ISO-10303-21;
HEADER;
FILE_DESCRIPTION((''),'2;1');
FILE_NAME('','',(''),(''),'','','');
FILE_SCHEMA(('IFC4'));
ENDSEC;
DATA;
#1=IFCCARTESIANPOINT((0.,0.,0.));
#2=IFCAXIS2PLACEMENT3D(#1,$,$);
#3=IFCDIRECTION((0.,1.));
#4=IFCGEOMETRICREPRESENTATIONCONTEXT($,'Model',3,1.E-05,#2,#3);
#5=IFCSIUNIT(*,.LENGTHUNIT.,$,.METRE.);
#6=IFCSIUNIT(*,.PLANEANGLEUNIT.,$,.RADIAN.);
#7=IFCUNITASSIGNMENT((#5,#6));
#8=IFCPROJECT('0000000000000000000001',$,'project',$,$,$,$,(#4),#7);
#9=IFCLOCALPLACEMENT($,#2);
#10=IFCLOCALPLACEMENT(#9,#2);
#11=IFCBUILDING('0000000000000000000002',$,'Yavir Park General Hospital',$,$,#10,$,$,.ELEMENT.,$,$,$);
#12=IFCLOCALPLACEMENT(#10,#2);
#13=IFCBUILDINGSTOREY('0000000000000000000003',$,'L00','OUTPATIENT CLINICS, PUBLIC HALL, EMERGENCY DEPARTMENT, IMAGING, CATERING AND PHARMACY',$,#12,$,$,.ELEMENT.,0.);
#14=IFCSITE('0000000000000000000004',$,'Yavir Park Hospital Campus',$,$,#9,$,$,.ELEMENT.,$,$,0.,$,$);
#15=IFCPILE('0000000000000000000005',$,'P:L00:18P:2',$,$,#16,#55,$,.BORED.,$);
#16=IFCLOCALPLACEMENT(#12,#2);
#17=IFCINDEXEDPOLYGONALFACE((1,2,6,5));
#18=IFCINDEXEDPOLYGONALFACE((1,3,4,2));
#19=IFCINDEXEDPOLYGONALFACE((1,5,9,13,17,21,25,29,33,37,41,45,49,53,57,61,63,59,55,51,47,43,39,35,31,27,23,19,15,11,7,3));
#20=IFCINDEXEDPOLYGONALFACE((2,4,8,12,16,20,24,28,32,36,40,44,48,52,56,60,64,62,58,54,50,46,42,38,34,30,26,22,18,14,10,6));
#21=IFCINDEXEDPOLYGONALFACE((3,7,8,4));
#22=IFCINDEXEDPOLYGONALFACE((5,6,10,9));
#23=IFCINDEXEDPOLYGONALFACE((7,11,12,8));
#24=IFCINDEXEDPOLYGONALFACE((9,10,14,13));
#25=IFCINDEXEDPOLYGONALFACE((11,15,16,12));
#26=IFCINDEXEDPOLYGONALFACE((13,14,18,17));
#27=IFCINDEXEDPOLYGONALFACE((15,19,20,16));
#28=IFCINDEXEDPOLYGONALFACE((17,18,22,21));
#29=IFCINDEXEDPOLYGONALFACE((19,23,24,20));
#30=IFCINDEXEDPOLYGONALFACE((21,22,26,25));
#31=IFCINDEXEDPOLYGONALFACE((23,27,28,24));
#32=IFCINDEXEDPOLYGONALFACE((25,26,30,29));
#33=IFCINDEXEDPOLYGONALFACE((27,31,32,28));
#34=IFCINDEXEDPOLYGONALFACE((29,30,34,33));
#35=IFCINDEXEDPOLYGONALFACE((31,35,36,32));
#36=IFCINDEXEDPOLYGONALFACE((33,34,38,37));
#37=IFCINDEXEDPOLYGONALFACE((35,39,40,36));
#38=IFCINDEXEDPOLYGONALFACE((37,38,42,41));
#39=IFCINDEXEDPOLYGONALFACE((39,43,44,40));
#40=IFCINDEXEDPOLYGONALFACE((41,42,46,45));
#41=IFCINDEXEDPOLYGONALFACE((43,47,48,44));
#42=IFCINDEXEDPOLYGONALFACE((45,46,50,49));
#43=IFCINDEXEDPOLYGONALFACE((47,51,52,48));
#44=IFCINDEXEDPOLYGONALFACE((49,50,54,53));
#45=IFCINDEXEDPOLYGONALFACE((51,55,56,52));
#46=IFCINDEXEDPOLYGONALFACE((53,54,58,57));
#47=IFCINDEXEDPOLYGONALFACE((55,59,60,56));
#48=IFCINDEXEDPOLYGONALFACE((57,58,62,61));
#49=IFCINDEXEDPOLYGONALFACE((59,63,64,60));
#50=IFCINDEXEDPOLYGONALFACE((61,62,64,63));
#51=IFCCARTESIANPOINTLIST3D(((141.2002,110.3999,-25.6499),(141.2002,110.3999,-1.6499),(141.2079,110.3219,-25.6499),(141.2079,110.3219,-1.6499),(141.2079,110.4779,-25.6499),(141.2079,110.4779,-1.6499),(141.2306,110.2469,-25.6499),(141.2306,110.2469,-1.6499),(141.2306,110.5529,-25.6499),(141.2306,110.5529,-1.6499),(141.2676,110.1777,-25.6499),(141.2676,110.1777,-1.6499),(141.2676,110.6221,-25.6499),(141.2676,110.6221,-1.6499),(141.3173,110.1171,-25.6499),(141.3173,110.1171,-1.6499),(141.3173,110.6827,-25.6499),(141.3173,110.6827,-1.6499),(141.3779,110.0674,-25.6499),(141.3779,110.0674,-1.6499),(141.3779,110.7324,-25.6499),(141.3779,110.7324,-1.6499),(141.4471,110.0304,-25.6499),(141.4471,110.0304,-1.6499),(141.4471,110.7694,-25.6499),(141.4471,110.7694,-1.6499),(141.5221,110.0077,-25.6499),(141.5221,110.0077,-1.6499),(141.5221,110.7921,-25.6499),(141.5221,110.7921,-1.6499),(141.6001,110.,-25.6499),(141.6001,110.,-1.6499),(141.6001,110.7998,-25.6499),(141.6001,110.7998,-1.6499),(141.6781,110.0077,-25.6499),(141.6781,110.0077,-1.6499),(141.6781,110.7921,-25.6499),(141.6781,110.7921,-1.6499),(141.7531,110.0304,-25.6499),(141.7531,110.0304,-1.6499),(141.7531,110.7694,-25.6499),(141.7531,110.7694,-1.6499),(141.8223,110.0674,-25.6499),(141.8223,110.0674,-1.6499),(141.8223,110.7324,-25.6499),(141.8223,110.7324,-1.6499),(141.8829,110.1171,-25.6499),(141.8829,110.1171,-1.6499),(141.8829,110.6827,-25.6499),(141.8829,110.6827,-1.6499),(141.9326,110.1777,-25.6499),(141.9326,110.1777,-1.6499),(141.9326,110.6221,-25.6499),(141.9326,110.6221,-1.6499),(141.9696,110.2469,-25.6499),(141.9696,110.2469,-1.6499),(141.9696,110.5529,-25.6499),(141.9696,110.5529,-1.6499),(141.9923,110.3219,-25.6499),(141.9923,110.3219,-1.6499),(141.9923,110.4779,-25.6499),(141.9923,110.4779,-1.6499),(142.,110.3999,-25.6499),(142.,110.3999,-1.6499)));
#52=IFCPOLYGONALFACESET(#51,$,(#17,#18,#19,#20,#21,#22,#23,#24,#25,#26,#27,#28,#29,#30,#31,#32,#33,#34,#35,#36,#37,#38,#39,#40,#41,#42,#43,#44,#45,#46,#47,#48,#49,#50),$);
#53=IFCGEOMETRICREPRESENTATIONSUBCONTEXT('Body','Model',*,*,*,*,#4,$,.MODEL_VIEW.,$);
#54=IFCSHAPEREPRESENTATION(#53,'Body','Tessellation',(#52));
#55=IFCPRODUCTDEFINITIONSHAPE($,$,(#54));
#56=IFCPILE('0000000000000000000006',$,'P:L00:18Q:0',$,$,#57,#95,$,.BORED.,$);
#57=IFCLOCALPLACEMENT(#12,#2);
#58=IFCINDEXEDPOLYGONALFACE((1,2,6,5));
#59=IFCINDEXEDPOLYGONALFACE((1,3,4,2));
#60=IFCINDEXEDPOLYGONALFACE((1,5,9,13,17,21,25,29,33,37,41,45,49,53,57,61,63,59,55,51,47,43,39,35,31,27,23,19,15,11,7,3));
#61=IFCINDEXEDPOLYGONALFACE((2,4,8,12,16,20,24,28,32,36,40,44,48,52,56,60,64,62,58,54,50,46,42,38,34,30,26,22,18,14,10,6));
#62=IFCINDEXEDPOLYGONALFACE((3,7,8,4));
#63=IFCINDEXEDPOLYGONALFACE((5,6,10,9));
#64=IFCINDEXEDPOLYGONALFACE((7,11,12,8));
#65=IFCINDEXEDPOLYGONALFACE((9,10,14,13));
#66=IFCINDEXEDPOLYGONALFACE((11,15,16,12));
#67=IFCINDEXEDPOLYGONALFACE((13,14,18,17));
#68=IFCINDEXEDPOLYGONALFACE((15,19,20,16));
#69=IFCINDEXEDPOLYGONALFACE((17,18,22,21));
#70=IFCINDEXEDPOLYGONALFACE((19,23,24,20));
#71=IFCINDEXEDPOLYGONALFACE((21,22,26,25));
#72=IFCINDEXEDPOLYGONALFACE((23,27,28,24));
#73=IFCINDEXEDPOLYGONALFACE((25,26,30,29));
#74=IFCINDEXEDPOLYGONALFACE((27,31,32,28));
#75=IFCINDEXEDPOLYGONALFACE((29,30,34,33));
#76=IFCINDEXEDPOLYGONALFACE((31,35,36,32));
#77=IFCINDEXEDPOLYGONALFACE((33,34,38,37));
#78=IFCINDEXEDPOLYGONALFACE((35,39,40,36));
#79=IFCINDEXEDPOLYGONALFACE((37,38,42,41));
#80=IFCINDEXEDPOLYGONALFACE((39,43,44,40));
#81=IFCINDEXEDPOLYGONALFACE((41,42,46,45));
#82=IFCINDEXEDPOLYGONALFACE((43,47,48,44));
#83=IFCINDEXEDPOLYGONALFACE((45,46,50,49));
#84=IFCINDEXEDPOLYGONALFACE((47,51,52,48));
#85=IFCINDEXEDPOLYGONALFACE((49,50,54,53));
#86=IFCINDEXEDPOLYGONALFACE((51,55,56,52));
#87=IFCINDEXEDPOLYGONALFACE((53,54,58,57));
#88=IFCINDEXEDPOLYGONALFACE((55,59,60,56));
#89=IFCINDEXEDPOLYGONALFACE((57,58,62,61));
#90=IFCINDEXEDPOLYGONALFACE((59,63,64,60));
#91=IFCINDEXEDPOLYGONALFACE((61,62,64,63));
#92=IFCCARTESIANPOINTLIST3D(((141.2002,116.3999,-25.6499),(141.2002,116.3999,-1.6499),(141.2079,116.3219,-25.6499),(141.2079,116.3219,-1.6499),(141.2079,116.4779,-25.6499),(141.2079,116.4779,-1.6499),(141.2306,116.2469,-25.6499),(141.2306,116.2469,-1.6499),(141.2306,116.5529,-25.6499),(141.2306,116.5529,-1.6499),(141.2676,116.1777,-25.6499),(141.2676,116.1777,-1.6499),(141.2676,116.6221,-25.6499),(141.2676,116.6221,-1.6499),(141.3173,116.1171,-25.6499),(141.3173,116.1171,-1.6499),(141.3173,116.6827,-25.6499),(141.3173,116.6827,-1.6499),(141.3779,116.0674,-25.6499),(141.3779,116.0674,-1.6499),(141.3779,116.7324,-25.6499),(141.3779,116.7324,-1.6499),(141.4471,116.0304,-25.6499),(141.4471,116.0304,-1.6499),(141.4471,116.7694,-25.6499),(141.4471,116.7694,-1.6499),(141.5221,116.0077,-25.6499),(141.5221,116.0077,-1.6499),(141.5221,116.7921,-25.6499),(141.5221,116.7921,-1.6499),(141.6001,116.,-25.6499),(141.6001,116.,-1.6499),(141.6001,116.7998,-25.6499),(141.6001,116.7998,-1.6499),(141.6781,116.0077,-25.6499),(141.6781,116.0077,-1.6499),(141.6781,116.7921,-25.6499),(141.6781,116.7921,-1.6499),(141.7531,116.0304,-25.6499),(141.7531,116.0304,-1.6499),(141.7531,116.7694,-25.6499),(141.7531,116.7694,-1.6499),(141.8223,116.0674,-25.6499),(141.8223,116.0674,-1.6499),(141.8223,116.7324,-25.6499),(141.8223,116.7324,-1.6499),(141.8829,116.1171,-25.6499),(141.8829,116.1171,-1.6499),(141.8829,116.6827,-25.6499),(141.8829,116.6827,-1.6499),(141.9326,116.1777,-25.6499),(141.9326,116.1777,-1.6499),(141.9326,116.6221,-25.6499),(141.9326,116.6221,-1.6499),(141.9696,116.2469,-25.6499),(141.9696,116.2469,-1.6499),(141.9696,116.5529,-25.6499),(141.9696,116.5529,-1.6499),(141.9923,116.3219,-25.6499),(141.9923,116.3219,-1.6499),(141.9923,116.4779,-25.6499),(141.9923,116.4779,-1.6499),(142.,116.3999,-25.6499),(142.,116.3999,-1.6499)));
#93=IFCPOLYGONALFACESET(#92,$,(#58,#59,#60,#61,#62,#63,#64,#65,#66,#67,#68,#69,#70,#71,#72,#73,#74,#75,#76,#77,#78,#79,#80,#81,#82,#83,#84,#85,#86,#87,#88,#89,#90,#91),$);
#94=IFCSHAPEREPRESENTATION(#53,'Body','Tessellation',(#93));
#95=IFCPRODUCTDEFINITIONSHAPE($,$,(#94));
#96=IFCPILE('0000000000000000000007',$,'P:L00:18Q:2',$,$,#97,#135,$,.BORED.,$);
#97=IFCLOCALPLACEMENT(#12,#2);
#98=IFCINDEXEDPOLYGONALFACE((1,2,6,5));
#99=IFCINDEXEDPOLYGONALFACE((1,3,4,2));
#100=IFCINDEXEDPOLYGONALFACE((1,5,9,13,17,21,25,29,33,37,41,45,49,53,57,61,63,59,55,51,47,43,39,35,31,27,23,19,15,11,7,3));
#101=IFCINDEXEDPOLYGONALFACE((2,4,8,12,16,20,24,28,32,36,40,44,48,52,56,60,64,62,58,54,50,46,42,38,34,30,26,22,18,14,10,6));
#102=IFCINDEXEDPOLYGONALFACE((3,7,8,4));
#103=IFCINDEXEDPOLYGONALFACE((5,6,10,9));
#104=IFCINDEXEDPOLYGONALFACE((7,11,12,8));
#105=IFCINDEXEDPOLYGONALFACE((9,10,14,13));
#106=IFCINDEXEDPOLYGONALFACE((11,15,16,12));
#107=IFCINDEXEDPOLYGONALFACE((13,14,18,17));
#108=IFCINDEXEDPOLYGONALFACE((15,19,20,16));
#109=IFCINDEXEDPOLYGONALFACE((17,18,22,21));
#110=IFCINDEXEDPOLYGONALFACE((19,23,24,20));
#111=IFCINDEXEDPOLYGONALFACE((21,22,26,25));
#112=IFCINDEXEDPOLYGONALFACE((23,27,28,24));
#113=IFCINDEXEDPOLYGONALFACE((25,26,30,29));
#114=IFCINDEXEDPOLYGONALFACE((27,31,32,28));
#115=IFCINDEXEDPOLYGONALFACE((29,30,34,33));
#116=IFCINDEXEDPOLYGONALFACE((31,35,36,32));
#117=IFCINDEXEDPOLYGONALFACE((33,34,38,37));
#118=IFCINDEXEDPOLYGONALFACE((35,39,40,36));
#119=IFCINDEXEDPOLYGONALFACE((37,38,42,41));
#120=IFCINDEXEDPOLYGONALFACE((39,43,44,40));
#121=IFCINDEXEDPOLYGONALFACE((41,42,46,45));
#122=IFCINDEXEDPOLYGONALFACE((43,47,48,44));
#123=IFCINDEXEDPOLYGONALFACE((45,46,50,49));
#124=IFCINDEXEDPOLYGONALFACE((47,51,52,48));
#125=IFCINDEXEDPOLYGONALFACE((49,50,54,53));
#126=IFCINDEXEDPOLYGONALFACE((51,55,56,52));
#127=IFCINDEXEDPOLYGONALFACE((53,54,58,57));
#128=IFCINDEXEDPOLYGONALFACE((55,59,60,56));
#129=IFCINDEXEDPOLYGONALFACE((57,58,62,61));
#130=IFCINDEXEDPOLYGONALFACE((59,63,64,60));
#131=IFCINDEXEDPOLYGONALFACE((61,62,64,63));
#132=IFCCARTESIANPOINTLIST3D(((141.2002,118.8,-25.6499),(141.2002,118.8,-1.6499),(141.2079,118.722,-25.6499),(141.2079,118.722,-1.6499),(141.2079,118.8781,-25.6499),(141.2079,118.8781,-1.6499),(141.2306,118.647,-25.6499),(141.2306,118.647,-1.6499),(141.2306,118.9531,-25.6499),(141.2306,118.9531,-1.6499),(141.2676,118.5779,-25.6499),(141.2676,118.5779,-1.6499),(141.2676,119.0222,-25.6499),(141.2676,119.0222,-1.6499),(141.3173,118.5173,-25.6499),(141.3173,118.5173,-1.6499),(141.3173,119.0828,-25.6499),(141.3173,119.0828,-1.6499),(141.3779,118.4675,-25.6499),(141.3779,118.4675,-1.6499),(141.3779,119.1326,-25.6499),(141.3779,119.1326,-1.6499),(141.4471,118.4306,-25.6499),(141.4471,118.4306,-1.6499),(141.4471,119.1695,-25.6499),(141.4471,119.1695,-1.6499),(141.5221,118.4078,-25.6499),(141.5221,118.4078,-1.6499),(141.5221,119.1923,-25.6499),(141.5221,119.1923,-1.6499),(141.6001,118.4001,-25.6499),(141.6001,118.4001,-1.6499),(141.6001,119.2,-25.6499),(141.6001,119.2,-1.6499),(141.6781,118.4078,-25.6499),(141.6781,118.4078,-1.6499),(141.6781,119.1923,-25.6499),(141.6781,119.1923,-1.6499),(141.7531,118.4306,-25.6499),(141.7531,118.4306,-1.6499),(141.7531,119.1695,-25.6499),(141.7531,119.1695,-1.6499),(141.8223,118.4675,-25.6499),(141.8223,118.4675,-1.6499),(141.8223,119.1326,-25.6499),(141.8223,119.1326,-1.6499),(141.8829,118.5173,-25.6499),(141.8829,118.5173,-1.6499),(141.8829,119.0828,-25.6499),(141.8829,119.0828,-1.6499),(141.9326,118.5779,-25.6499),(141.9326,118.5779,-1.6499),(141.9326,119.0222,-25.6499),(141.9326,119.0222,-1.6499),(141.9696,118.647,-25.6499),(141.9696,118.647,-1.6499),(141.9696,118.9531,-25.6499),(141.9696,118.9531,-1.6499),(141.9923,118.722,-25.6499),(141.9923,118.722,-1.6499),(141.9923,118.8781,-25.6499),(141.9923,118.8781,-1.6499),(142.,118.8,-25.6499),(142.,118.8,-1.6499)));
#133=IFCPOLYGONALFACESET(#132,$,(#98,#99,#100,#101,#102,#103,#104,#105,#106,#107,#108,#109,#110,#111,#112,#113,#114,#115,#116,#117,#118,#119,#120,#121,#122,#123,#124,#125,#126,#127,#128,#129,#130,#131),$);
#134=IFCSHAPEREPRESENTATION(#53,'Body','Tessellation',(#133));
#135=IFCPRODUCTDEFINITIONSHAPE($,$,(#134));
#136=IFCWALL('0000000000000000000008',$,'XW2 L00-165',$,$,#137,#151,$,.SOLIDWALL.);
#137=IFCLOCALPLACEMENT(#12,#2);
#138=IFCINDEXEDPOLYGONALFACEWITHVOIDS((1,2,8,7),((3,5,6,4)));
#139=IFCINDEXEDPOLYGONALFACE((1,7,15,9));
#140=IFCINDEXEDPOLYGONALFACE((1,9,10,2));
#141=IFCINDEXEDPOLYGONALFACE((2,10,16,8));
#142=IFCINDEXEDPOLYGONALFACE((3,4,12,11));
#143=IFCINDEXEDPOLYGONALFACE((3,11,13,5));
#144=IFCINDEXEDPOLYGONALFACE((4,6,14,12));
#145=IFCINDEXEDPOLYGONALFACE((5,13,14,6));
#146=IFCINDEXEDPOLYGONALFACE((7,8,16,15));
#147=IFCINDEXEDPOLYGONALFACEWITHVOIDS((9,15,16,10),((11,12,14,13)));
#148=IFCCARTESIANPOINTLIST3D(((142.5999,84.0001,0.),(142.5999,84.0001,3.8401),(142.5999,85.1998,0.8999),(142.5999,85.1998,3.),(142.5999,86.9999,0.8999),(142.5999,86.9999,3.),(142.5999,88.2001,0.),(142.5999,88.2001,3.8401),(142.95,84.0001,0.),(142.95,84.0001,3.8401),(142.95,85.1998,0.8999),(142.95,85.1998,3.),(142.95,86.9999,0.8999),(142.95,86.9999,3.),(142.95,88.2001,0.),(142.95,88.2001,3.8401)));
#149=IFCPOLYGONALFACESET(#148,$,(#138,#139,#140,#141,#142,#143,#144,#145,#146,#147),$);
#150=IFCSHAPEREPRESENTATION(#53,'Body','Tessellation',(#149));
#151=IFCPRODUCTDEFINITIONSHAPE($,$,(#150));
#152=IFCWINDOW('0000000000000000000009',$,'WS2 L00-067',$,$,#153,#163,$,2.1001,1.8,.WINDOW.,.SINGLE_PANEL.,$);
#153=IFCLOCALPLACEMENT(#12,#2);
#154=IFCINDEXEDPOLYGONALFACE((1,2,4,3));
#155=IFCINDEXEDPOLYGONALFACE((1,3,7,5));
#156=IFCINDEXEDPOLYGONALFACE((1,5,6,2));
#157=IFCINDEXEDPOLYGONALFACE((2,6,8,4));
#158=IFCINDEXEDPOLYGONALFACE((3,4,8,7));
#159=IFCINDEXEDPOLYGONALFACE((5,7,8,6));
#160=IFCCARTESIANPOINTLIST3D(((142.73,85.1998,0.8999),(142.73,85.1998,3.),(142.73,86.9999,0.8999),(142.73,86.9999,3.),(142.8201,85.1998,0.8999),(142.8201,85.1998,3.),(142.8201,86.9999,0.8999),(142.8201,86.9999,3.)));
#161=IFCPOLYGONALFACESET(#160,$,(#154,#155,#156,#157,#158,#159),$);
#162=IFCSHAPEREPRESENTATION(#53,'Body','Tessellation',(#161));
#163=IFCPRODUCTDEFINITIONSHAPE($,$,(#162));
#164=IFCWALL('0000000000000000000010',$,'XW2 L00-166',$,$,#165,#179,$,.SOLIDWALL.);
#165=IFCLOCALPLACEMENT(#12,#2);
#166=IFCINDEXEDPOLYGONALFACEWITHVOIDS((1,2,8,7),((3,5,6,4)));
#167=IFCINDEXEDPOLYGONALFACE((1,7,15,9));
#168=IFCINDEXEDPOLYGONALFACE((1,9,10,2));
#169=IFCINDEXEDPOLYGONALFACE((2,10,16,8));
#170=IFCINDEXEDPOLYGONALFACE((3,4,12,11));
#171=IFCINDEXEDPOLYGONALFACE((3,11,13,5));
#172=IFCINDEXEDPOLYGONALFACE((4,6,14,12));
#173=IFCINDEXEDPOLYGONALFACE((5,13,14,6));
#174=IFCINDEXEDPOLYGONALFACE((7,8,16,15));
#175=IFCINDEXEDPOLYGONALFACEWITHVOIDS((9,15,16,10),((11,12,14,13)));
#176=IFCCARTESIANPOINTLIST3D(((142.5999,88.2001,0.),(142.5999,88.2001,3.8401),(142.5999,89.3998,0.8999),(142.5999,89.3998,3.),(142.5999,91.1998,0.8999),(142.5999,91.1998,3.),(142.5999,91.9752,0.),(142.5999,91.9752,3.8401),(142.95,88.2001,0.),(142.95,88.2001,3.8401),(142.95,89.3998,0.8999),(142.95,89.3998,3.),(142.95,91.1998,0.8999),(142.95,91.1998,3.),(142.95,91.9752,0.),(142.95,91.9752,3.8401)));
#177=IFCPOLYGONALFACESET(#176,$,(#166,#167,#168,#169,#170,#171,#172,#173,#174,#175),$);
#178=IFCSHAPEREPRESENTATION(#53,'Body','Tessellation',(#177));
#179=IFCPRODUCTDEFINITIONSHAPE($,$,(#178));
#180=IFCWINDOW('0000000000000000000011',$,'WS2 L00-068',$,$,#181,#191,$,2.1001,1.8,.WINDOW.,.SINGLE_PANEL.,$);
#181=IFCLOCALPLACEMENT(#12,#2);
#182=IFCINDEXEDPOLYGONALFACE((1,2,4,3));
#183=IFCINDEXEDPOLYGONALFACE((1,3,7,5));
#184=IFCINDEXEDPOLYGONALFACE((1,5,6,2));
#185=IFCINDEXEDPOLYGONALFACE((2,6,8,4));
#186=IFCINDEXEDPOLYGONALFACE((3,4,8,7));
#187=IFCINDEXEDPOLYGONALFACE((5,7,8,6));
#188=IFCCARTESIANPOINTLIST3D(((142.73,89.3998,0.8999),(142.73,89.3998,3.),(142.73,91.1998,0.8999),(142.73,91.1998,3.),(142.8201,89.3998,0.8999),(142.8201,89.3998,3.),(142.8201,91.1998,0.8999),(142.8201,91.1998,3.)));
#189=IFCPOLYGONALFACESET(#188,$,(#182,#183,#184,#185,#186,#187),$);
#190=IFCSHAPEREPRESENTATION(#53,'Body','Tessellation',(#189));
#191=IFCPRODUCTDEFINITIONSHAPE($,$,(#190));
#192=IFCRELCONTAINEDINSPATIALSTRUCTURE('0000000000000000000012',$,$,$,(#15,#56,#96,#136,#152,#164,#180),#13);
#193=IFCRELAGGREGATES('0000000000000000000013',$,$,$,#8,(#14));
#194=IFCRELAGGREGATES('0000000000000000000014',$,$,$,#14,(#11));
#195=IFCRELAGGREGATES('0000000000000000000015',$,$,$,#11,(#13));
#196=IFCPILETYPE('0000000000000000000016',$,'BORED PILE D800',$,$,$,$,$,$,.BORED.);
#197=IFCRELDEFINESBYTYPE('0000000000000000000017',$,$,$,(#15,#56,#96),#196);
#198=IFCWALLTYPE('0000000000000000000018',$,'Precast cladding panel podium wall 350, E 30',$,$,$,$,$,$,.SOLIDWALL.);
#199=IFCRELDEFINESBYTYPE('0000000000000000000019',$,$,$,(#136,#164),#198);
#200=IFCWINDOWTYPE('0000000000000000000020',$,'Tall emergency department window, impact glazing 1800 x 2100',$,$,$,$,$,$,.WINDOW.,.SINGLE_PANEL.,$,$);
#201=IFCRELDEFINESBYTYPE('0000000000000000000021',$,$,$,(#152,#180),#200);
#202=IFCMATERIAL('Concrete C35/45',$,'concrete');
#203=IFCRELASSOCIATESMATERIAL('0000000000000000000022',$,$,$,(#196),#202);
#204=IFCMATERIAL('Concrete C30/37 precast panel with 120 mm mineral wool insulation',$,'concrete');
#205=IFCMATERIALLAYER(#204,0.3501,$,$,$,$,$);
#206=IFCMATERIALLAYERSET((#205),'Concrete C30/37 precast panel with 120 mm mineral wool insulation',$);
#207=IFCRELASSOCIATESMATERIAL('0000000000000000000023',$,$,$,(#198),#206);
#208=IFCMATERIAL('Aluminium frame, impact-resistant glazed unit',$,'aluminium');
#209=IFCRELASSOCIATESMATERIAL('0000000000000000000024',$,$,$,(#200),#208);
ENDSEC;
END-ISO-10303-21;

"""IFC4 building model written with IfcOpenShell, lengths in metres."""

from ifc_helpers import new_model, si_unit, direction, frame, frame_2d, origin, origin_2d, place, context, subcontext, project, spatial, rectangle, circle, extrude, material, layer, layer_set, material_profile, profile_set, type_object, element, fill, save


model = new_model("IFC4")

# Units and contexts
model_context = context("Model", 3, precision=1e-05, world=origin(), true_north=direction((0.0, 1.0)))
body_context = subcontext(model_context, "Body", "Model", "MODEL_VIEW")
ifc_project = project(units=[si_unit("LENGTHUNIT", "METRE"), si_unit("PLANEANGLEUNIT", "RADIAN")], contexts=[model_context])

# Site, building, storey
site_placement = place(None, origin())
site = spatial("IfcSite", under=ifc_project, at=site_placement, Name="Yavir Park Hospital Campus", CompositionType="ELEMENT", RefElevation=0.0)
building_placement = place(site_placement, origin())
building = spatial("IfcBuilding", under=site, at=building_placement, Name="Yavir Park General Hospital", CompositionType="ELEMENT")
storey_placement = place(building_placement, origin())
storey = spatial("IfcBuildingStorey", under=building, at=storey_placement, Name="L00", Description="OUTPATIENT CLINICS, PUBLIC HALL, EMERGENCY DEPARTMENT, IMAGING, CATERING AND PHARMACY", CompositionType="ELEMENT", Elevation=0.0)

# Piles
ifc_material_1 = material(Name="Concrete C35/45", Category="concrete")
ifc_material_profile = material_profile(ifc_material_1, circle(Radius=0.3999, at=origin_2d()), Name="D800")
ifc_profile_set = profile_set([ifc_material_profile], Name="Concrete C35/45")
pile_type = type_object("IfcPileType", Name="BORED PILE D800", PredefinedType="BORED", material=ifc_profile_set)
for number, where, z_axis, x_axis, name in (
    (1, (141.6001, 110.3999, -1.6499), (0.0, 0.0, -1.0), (1.0, 0.0, 0.0), "P:L00:18P:2"),
    (2, (141.6001, 116.3999, -1.6499), (0.0, 0.0, -1.0), (1.0, 0.0, 0.0), "P:L00:18Q:0"),
    (3, (141.6001, 118.8, -1.6499), (0.0, 0.0, -1.0), (1.0, 0.0, 0.0), "P:L00:18Q:2"),
):
    element("IfcPile", number, at=place(storey_placement, frame(where, z_axis=z_axis, x_axis=x_axis)), inside=storey, type_object=pile_type, Name=name, PredefinedType="BORED", context=body_context, shape_type="SweptSolid", body=[
        extrude(circle(Radius=0.3999, at=origin_2d()), origin(), (0.0, 0.0, 1.0), 24.0),
    ])

# Walls, openings, windows
ifc_material_2 = material(Name="Concrete C30/37 precast panel with 120 mm mineral wool insulation", Category="concrete")
ifc_layer_1 = layer(ifc_material_2, 0.3501)
ifc_layer_set_1 = layer_set([ifc_layer_1], Name="Concrete C30/37 precast panel with 120 mm mineral wool insulation")
wall_type_1 = type_object("IfcWallType", Name="Precast cladding panel podium wall 350, E 30", PredefinedType="SOLIDWALL", material=ifc_layer_set_1)
wall_1_placement = place(storey_placement, frame((142.7749, 84.0, 0.0), z_axis=(0.0, 0.0, 1.0), x_axis=(0.0, 1.0, 0.0)))
wall_1 = element("IfcWall", 4, at=wall_1_placement, inside=storey, type_object=wall_type_1, Name="XW2 L00-165", PredefinedType="SOLIDWALL", context=body_context, shape_type="SweptSolid", body=[
    extrude(rectangle(XDim=4.2, YDim=0.3501, at=frame_2d((2.1001, 0.0))), origin(), (0.0, 0.0, 1.0), 3.8401),
])
opening_1_placement = place(wall_1_placement, frame((1.2, 0.0, 0.8999)))
opening_1 = element("IfcOpeningElement", 5, at=opening_1_placement, cuts=wall_1, PredefinedType="OPENING", context=body_context, shape_type="SweptSolid", body=[
    extrude(rectangle(XDim=1.8, YDim=2.1001, at=frame_2d((0.8999, 1.05))), frame((0.0, 0.1851, 0.0), z_axis=(0.0, -1.0, 0.0), x_axis=(1.0, 0.0, 0.0)), (0.0, 0.0, 1.0), 0.3701),
])
ifc_material_3 = material(Name="Aluminium frame, impact-resistant glazed unit", Category="aluminium")
window_type_1 = type_object("IfcWindowType", Name="Tall emergency department window, impact glazing 1800 x 2100", PartitioningType="SINGLE_PANEL", PredefinedType="WINDOW", material=ifc_material_3)
window_1_placement = place(opening_1_placement, origin())
window_1 = element("IfcWindow", 6, at=window_1_placement, inside=storey, type_object=window_type_1, Name="WS2 L00-067", OverallHeight=2.1001, OverallWidth=1.8, PartitioningType="SINGLE_PANEL", PredefinedType="WINDOW", context=body_context, shape_type="SweptSolid", body=[
    extrude(rectangle(XDim=1.8, YDim=2.1001, at=frame_2d((0.8999, 1.05))), frame((0.0, 0.0449, 0.0), z_axis=(0.0, -1.0, 0.0), x_axis=(1.0, 0.0, 0.0)), (0.0, 0.0, 1.0), 0.0901),
])
fill(opening_1, window_1)
wall_2_placement = place(storey_placement, frame((142.7749, 88.2, 0.0), z_axis=(0.0, 0.0, 1.0), x_axis=(0.0, 1.0, 0.0)))
wall_2 = element("IfcWall", 7, at=wall_2_placement, inside=storey, type_object=wall_type_1, Name="XW2 L00-166", PredefinedType="SOLIDWALL", context=body_context, shape_type="SweptSolid", body=[
    extrude(rectangle(XDim=3.7751, YDim=0.3501, at=frame_2d((1.8877, 0.0))), origin(), (0.0, 0.0, 1.0), 3.8401),
])
opening_2_placement = place(wall_2_placement, frame((1.2, 0.0, 0.8999)))
opening_2 = element("IfcOpeningElement", 8, at=opening_2_placement, cuts=wall_2, PredefinedType="OPENING", context=body_context, shape_type="SweptSolid", body=[
    extrude(rectangle(XDim=1.8, YDim=2.1001, at=frame_2d((0.8999, 1.05))), frame((0.0, 0.1851, 0.0), z_axis=(0.0, -1.0, 0.0), x_axis=(1.0, 0.0, 0.0)), (0.0, 0.0, 1.0), 0.3701),
])
window_2_placement = place(opening_2_placement, origin())
window_2 = element("IfcWindow", 9, at=window_2_placement, inside=storey, type_object=window_type_1, Name="WS2 L00-068", OverallHeight=2.1001, OverallWidth=1.8, PartitioningType="SINGLE_PANEL", PredefinedType="WINDOW", context=body_context, shape_type="SweptSolid", body=[
    extrude(rectangle(XDim=1.8, YDim=2.1001, at=frame_2d((0.8999, 1.05))), frame((0.0, 0.0449, 0.0), z_axis=(0.0, -1.0, 0.0), x_axis=(1.0, 0.0, 0.0)), (0.0, 0.0, 1.0), 0.0901),
])
fill(opening_2, window_2)

save(model, "model.ifc")
